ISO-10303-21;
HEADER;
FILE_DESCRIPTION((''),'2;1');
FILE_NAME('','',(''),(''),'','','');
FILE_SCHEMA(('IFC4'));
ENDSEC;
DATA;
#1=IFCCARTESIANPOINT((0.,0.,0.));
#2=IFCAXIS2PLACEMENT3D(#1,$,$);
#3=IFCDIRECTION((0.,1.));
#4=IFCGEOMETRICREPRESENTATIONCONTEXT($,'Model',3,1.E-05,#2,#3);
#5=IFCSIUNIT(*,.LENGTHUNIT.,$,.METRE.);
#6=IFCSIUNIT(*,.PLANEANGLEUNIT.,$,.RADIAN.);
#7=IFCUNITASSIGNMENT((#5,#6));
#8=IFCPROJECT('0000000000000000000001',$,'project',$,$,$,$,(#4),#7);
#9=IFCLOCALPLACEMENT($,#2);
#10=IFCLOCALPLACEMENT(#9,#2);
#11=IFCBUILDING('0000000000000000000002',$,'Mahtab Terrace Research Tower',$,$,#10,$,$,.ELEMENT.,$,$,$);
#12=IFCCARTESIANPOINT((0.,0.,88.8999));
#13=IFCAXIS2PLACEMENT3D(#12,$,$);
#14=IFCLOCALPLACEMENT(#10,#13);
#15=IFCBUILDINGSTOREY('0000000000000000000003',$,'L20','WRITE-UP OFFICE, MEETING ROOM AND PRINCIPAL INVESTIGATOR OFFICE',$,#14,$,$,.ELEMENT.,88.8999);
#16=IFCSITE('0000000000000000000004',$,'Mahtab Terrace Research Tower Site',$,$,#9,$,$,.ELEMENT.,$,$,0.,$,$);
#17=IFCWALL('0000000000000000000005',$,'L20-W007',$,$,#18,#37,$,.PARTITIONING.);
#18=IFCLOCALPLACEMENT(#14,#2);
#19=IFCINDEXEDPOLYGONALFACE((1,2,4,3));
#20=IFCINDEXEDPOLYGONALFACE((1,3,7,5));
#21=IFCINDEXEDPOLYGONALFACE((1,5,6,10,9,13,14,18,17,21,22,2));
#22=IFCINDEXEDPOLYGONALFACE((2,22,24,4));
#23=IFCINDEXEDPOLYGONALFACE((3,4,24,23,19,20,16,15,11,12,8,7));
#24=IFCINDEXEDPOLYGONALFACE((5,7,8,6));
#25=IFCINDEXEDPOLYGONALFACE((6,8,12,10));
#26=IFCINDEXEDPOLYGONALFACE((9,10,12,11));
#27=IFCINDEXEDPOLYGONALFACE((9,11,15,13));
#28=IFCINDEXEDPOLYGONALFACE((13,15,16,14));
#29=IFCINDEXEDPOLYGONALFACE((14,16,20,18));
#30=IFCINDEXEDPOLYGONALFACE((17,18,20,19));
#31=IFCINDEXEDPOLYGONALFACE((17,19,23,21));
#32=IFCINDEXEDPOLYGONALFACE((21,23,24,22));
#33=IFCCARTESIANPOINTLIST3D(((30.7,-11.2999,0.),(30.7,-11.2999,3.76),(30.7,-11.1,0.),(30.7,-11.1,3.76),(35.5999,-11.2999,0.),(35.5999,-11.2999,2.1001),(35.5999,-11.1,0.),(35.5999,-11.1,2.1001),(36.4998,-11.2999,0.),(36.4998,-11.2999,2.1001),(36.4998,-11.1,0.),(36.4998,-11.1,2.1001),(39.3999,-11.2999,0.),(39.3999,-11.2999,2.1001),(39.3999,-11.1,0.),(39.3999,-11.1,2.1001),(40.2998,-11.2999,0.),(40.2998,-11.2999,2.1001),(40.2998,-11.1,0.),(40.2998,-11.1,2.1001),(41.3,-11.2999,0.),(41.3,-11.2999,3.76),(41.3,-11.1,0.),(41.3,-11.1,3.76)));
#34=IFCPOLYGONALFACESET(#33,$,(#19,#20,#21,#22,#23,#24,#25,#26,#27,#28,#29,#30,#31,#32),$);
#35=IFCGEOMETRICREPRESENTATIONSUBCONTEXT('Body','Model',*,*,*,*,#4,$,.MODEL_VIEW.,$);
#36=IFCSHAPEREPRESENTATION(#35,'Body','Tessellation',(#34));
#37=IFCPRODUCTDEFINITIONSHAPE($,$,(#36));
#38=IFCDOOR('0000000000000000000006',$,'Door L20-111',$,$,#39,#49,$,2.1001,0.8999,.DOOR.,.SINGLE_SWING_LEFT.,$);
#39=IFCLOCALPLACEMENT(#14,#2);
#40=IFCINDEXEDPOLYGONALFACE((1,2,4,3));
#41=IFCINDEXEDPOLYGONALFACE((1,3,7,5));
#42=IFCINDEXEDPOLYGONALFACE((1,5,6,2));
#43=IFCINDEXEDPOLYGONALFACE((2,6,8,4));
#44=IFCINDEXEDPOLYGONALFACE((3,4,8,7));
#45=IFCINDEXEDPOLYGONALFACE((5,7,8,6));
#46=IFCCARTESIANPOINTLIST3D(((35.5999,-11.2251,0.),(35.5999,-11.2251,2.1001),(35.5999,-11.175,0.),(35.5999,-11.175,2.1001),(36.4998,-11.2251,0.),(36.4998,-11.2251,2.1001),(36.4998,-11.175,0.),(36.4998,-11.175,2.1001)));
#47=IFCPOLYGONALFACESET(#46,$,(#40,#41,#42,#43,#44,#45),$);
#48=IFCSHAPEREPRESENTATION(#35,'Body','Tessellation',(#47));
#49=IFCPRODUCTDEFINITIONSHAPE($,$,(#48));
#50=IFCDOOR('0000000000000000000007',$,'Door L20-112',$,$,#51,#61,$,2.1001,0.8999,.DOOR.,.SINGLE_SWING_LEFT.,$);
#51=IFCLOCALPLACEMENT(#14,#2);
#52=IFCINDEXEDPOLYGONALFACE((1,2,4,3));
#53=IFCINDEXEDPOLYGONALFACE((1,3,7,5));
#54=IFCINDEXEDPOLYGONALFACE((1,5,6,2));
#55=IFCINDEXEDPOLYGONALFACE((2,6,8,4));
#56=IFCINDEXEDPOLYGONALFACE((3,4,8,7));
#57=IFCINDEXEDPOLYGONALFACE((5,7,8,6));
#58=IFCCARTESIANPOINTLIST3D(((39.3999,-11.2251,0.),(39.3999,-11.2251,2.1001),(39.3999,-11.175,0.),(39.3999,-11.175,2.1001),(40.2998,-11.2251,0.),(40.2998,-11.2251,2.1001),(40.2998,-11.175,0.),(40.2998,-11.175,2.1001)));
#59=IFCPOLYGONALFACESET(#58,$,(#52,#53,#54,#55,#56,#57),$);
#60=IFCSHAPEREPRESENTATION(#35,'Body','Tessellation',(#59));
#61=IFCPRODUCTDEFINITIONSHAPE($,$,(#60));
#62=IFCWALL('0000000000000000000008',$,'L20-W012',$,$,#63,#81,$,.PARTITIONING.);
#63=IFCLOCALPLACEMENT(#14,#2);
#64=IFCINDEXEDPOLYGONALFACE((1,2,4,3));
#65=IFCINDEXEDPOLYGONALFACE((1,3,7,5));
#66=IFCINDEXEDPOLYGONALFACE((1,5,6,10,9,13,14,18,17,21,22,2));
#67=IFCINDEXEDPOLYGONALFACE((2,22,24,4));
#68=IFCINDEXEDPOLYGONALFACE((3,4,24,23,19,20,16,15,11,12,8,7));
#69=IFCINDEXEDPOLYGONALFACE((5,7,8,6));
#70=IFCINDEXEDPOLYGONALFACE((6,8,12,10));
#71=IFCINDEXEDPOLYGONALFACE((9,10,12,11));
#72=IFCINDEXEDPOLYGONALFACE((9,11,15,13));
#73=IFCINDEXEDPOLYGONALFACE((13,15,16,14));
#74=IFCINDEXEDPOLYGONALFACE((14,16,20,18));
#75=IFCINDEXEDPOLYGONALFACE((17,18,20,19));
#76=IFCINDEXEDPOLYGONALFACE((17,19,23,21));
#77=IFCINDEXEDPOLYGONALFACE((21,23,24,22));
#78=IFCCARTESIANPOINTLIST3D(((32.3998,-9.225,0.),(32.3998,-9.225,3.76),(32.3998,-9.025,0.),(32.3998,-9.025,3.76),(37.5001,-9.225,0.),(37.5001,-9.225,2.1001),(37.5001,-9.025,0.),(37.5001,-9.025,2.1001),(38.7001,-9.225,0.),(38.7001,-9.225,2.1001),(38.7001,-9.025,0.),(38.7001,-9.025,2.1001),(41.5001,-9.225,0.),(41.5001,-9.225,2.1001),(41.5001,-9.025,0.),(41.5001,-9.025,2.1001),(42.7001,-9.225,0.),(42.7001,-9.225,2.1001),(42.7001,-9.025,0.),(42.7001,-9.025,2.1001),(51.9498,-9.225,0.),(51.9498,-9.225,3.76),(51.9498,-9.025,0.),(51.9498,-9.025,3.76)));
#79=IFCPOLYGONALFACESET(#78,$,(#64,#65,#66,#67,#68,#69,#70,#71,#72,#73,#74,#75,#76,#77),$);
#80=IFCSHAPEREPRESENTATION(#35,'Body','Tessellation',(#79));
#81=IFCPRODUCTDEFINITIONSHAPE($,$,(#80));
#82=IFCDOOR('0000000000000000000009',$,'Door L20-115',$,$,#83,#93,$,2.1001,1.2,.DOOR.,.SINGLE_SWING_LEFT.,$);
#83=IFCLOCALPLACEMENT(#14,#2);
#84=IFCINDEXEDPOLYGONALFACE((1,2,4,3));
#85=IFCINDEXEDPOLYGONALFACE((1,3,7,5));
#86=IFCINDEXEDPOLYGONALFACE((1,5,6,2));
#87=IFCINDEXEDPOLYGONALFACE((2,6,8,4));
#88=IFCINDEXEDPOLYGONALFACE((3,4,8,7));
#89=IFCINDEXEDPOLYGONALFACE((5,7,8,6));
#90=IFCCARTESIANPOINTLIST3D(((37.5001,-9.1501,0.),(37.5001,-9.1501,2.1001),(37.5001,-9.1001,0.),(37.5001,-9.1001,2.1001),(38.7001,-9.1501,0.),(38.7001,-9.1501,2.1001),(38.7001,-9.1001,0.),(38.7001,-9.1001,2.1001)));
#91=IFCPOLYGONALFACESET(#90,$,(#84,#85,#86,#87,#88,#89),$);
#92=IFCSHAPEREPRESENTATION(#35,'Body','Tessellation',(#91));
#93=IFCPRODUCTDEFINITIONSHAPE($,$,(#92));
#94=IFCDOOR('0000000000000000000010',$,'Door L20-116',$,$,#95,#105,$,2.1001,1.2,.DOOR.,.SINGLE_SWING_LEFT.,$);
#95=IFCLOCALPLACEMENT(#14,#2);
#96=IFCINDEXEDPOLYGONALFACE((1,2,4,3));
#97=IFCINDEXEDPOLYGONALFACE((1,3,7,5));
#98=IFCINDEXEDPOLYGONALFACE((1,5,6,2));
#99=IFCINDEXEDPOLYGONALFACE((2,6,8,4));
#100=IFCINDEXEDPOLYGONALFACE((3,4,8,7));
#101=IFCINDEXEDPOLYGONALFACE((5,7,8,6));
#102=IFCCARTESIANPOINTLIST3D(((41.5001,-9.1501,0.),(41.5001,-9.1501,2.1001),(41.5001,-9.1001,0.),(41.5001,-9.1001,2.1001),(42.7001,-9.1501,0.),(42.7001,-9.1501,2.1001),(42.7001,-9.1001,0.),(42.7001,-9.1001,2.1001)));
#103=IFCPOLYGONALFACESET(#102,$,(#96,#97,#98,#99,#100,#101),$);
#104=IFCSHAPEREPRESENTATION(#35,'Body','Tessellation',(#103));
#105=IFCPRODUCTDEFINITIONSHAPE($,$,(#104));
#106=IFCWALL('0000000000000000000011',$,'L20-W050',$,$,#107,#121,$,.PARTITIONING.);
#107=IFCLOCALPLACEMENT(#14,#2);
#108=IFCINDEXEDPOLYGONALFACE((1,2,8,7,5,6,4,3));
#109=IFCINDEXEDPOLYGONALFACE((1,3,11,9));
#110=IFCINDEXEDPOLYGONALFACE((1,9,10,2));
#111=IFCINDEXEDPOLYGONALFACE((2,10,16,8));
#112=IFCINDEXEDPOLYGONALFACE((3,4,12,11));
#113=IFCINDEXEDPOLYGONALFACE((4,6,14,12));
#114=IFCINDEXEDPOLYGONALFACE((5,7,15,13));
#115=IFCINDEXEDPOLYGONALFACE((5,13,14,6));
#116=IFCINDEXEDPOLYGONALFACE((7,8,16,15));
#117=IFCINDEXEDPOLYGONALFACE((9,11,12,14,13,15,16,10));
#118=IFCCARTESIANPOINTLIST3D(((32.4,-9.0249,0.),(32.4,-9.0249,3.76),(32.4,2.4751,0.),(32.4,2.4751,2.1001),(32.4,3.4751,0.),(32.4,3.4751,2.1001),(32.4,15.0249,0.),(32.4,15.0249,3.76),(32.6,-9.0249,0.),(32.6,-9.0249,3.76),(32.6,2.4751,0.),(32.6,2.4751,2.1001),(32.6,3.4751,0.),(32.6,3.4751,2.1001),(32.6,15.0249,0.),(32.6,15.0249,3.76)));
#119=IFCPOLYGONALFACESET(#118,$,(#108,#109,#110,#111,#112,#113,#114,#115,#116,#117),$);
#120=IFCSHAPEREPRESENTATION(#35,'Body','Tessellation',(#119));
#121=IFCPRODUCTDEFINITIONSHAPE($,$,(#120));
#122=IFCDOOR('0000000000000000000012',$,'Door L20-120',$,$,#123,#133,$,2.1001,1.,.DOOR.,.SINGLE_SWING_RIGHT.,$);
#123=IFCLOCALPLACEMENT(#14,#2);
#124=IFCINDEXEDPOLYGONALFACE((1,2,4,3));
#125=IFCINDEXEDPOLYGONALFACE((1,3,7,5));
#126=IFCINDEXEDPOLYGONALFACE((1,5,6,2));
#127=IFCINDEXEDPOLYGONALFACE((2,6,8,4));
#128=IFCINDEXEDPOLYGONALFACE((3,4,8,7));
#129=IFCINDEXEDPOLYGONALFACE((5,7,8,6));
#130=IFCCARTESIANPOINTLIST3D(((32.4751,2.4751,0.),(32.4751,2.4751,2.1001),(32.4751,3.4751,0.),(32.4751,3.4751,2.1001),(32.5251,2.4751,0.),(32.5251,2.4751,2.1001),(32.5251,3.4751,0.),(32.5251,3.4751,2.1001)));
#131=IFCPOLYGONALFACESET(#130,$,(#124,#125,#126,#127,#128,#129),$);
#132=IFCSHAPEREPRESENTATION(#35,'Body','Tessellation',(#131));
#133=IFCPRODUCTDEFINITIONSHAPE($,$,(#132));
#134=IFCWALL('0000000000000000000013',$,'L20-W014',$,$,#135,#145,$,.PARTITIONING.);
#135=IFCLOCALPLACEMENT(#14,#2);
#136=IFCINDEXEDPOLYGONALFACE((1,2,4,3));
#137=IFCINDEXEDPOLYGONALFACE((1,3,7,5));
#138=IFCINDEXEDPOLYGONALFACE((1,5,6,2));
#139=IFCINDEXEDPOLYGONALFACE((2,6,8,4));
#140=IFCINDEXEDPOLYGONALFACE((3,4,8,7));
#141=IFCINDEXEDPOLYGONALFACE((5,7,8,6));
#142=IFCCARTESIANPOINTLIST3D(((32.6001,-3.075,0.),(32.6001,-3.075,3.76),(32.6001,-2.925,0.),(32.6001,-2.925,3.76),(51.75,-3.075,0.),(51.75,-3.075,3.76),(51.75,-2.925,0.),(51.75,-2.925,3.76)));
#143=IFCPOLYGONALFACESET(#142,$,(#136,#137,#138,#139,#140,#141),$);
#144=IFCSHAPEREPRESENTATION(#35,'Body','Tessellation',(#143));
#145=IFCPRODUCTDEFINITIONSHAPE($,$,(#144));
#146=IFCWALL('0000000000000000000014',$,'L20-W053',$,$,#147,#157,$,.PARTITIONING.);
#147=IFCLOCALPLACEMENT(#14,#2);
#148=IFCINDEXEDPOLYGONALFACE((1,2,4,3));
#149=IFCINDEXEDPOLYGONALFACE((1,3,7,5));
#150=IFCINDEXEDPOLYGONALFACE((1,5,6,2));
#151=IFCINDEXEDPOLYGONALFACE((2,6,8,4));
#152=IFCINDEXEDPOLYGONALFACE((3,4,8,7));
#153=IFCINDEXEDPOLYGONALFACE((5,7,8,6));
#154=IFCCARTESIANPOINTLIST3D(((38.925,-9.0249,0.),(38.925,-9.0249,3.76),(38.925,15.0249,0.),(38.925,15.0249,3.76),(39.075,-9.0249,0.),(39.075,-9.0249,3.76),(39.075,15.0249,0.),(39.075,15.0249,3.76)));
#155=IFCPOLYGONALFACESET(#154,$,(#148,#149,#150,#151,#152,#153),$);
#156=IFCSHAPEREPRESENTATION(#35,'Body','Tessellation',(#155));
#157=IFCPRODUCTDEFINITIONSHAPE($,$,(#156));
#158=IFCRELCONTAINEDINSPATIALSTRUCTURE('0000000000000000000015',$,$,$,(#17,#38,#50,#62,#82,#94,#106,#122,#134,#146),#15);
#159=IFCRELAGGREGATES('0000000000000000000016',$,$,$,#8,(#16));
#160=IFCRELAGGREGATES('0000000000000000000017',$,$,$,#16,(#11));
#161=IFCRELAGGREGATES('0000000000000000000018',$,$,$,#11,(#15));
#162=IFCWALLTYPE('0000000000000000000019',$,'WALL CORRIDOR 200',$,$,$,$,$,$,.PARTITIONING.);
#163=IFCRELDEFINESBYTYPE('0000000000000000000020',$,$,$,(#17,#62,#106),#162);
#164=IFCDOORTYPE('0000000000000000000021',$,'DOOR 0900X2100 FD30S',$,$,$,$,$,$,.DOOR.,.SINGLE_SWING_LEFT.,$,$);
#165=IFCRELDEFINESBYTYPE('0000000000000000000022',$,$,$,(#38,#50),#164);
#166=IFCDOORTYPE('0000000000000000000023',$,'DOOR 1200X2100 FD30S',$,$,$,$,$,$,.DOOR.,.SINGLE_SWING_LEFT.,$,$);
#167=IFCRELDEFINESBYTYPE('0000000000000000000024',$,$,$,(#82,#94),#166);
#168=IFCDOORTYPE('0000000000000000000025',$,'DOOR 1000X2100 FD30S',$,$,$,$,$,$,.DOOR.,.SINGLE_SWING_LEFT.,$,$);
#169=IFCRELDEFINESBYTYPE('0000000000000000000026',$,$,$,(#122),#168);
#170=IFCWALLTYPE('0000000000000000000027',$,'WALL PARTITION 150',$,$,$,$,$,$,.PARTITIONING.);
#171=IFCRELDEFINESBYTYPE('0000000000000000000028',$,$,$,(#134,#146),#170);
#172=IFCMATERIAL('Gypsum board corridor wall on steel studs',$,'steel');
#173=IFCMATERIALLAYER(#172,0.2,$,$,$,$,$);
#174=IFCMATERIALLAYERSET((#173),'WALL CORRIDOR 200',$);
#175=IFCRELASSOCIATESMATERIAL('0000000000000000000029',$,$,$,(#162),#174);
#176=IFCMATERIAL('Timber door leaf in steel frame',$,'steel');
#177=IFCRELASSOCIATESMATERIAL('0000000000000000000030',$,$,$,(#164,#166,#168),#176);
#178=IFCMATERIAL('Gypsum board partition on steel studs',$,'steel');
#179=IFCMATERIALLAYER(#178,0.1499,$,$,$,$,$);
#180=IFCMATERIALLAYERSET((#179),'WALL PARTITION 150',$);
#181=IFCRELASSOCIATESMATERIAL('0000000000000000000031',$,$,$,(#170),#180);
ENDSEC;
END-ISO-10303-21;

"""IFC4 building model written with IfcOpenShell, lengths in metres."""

from ifc_helpers import new_model, si_unit, direction, frame, frame_2d, origin, place, context, subcontext, project, spatial, rectangle, extrude, material, layer, layer_set, type_object, element, fill, save


model = new_model("IFC4")

# Units and contexts
model_context = context("Model", 3, precision=1e-05, world=origin(), true_north=direction((0.0, 1.0)))
body_context = subcontext(model_context, "Body", "Model", "MODEL_VIEW")
ifc_project = project(units=[si_unit("LENGTHUNIT", "METRE"), si_unit("PLANEANGLEUNIT", "RADIAN")], contexts=[model_context])

# Site, building, storey
site_placement = place(None, origin())
site = spatial("IfcSite", under=ifc_project, at=site_placement, Name="Mahtab Terrace Research Tower Site", CompositionType="ELEMENT", RefElevation=0.0)
building_placement = place(site_placement, origin())
building = spatial("IfcBuilding", under=site, at=building_placement, Name="Mahtab Terrace Research Tower", CompositionType="ELEMENT")
storey_placement = place(building_placement, frame((0.0, 0.0, 88.8999)))
storey = spatial("IfcBuildingStorey", under=building, at=storey_placement, Name="L20", Description="WRITE-UP OFFICE, MEETING ROOM AND PRINCIPAL INVESTIGATOR OFFICE", CompositionType="ELEMENT", Elevation=88.8999)

# Walls, openings, doors
ifc_material_1 = material(Name="Gypsum board corridor wall on steel studs", Category="steel")
ifc_layer_1 = layer(ifc_material_1, 0.2)
ifc_layer_set_1 = layer_set([ifc_layer_1], Name="WALL CORRIDOR 200")
wall_type_1 = type_object("IfcWallType", Name="WALL CORRIDOR 200", PredefinedType="PARTITIONING", material=ifc_layer_set_1)
wall_1_placement = place(storey_placement, frame((30.7, -11.2, 0.0), z_axis=(0.0, 0.0, 1.0), x_axis=(1.0, 0.0, 0.0)))
wall_1 = element("IfcWall", 1, at=wall_1_placement, inside=storey, type_object=wall_type_1, Name="L20-W007", PredefinedType="PARTITIONING", context=body_context, shape_type="SweptSolid", body=[
    extrude(rectangle(XDim=10.6001, YDim=0.2, at=frame_2d((5.3, 0.0))), origin(), (0.0, 0.0, 1.0), 3.76),
])
opening_1_placement = place(wall_1_placement, frame((4.8999, 0.0, 0.0)))
opening_1 = element("IfcOpeningElement", 2, at=opening_1_placement, cuts=wall_1, PredefinedType="OPENING", context=body_context, shape_type="SweptSolid", body=[
    extrude(rectangle(XDim=0.8999, YDim=2.1001, at=frame_2d((0.45, 1.05))), frame((0.0, 0.1099, 0.0), z_axis=(0.0, -1.0, 0.0), x_axis=(1.0, 0.0, 0.0)), (0.0, 0.0, 1.0), 0.22),
])
opening_2_placement = place(wall_1_placement, frame((8.7, 0.0, 0.0)))
opening_2 = element("IfcOpeningElement", 3, at=opening_2_placement, cuts=wall_1, PredefinedType="OPENING", context=body_context, shape_type="SweptSolid", body=[
    extrude(rectangle(XDim=0.8999, YDim=2.1001, at=frame_2d((0.45, 1.05))), frame((0.0, 0.1099, 0.0), z_axis=(0.0, -1.0, 0.0), x_axis=(1.0, 0.0, 0.0)), (0.0, 0.0, 1.0), 0.22),
])
ifc_material_2 = material(Name="Timber door leaf in steel frame", Category="steel")
door_type_1 = type_object("IfcDoorType", Name="DOOR 0900X2100 FD30S", OperationType="SINGLE_SWING_LEFT", PredefinedType="DOOR", material=ifc_material_2)
door_1_placement = place(opening_1_placement, origin())
door_1 = element("IfcDoor", 4, at=door_1_placement, inside=storey, type_object=door_type_1, Name="Door L20-111", OperationType="SINGLE_SWING_LEFT", OverallHeight=2.1001, OverallWidth=0.8999, PredefinedType="DOOR", context=body_context, shape_type="SweptSolid", body=[
    extrude(rectangle(XDim=0.8999, YDim=2.1001, at=frame_2d((0.45, 1.05))), frame((0.0, 0.0249, 0.0), z_axis=(0.0, -1.0, 0.0), x_axis=(1.0, 0.0, 0.0)), (0.0, 0.0, 1.0), 0.05),
])
fill(opening_1, door_1)
door_2_placement = place(opening_2_placement, origin())
door_2 = element("IfcDoor", 5, at=door_2_placement, inside=storey, type_object=door_type_1, Name="Door L20-112", OperationType="SINGLE_SWING_LEFT", OverallHeight=2.1001, OverallWidth=0.8999, PredefinedType="DOOR", context=body_context, shape_type="SweptSolid", body=[
    extrude(rectangle(XDim=0.8999, YDim=2.1001, at=frame_2d((0.45, 1.05))), frame((0.0, 0.0249, 0.0), z_axis=(0.0, -1.0, 0.0), x_axis=(1.0, 0.0, 0.0)), (0.0, 0.0, 1.0), 0.05),
])
fill(opening_2, door_2)
wall_2_placement = place(storey_placement, frame((32.3999, -9.125, 0.0), z_axis=(0.0, 0.0, 1.0), x_axis=(1.0, 0.0, 0.0)))
wall_2 = element("IfcWall", 6, at=wall_2_placement, inside=storey, type_object=wall_type_1, Name="L20-W012", PredefinedType="PARTITIONING", context=body_context, shape_type="SweptSolid", body=[
    extrude(rectangle(XDim=19.55, YDim=0.2, at=frame_2d((9.7749, 0.0))), origin(), (0.0, 0.0, 1.0), 3.76),
])
opening_3_placement = place(wall_2_placement, frame((5.1001, 0.0, 0.0)))
opening_3 = element("IfcOpeningElement", 7, at=opening_3_placement, cuts=wall_2, PredefinedType="OPENING", context=body_context, shape_type="SweptSolid", body=[
    extrude(rectangle(XDim=1.2, YDim=2.1001, at=frame_2d((0.6001, 1.05))), frame((0.0, 0.1099, 0.0), z_axis=(0.0, -1.0, 0.0), x_axis=(1.0, 0.0, 0.0)), (0.0, 0.0, 1.0), 0.22),
])
opening_4_placement = place(wall_2_placement, frame((9.1001, 0.0, 0.0)))
opening_4 = element("IfcOpeningElement", 8, at=opening_4_placement, cuts=wall_2, PredefinedType="OPENING", context=body_context, shape_type="SweptSolid", body=[
    extrude(rectangle(XDim=1.2, YDim=2.1001, at=frame_2d((0.6001, 1.05))), frame((0.0, 0.1099, 0.0), z_axis=(0.0, -1.0, 0.0), x_axis=(1.0, 0.0, 0.0)), (0.0, 0.0, 1.0), 0.22),
])
door_type_2 = type_object("IfcDoorType", Name="DOOR 1200X2100 FD30S", OperationType="SINGLE_SWING_LEFT", PredefinedType="DOOR", material=ifc_material_2)
door_3_placement = place(opening_3_placement, origin())
door_3 = element("IfcDoor", 9, at=door_3_placement, inside=storey, type_object=door_type_2, Name="Door L20-115", OperationType="SINGLE_SWING_LEFT", OverallHeight=2.1001, OverallWidth=1.2, PredefinedType="DOOR", context=body_context, shape_type="SweptSolid", body=[
    extrude(rectangle(XDim=1.2, YDim=2.1001, at=frame_2d((0.6001, 1.05))), frame((0.0, 0.0249, 0.0), z_axis=(0.0, -1.0, 0.0), x_axis=(1.0, 0.0, 0.0)), (0.0, 0.0, 1.0), 0.05),
])
fill(opening_3, door_3)
door_4_placement = place(opening_4_placement, origin())
door_4 = element("IfcDoor", 10, at=door_4_placement, inside=storey, type_object=door_type_2, Name="Door L20-116", OperationType="SINGLE_SWING_LEFT", OverallHeight=2.1001, OverallWidth=1.2, PredefinedType="DOOR", context=body_context, shape_type="SweptSolid", body=[
    extrude(rectangle(XDim=1.2, YDim=2.1001, at=frame_2d((0.6001, 1.05))), frame((0.0, 0.0249, 0.0), z_axis=(0.0, -1.0, 0.0), x_axis=(1.0, 0.0, 0.0)), (0.0, 0.0, 1.0), 0.05),
])
fill(opening_4, door_4)

# Wall, opening, door
wall_3_placement = place(storey_placement, frame((32.5, -9.0249, 0.0), z_axis=(0.0, 0.0, 1.0), x_axis=(0.0, 1.0, 0.0)))
wall_3 = element("IfcWall", 11, at=wall_3_placement, inside=storey, type_object=wall_type_1, Name="L20-W050", PredefinedType="PARTITIONING", context=body_context, shape_type="SweptSolid", body=[
    extrude(rectangle(XDim=24.0498, YDim=0.2, at=frame_2d((12.0249, 0.0))), origin(), (0.0, 0.0, 1.0), 3.76),
])
opening_5_placement = place(wall_3_placement, frame((11.5, 0.0, 0.0)))
opening_5 = element("IfcOpeningElement", 12, at=opening_5_placement, cuts=wall_3, PredefinedType="OPENING", context=body_context, shape_type="SweptSolid", body=[
    extrude(rectangle(XDim=1.0, YDim=2.1001, at=frame_2d((0.5, 1.05))), frame((0.0, 0.1099, 0.0), z_axis=(0.0, -1.0, 0.0), x_axis=(1.0, 0.0, 0.0)), (0.0, 0.0, 1.0), 0.22),
])
door_type_3 = type_object("IfcDoorType", Name="DOOR 1000X2100 FD30S", OperationType="SINGLE_SWING_LEFT", PredefinedType="DOOR", material=ifc_material_2)
door_5_placement = place(opening_5_placement, origin())
door_5 = element("IfcDoor", 13, at=door_5_placement, inside=storey, type_object=door_type_3, Name="Door L20-120", OperationType="SINGLE_SWING_RIGHT", OverallHeight=2.1001, OverallWidth=1.0, PredefinedType="DOOR", context=body_context, shape_type="SweptSolid", body=[
    extrude(rectangle(XDim=1.0, YDim=2.1001, at=frame_2d((0.5, 1.05))), frame((0.0, 0.0249, 0.0), z_axis=(0.0, -1.0, 0.0), x_axis=(1.0, 0.0, 0.0)), (0.0, 0.0, 1.0), 0.05),
])
fill(opening_5, door_5)

# Walls
ifc_material_3 = material(Name="Gypsum board partition on steel studs", Category="steel")
ifc_layer_2 = layer(ifc_material_3, 0.1499)
ifc_layer_set_2 = layer_set([ifc_layer_2], Name="WALL PARTITION 150")
wall_type_2 = type_object("IfcWallType", Name="WALL PARTITION 150", PredefinedType="PARTITIONING", material=ifc_layer_set_2)
wall_4_placement = place(storey_placement, frame((32.6001, -3.0, 0.0), z_axis=(0.0, 0.0, 1.0), x_axis=(1.0, 0.0, 0.0)))
element("IfcWall", 14, at=wall_4_placement, inside=storey, type_object=wall_type_2, Name="L20-W014", PredefinedType="PARTITIONING", context=body_context, shape_type="SweptSolid", body=[
    extrude(rectangle(XDim=19.1499, YDim=0.1499, at=frame_2d((9.575, 0.0))), origin(), (0.0, 0.0, 1.0), 3.76),
])
wall_5_placement = place(storey_placement, frame((39.0, -9.0249, 0.0), z_axis=(0.0, 0.0, 1.0), x_axis=(0.0, 1.0, 0.0)))
element("IfcWall", 15, at=wall_5_placement, inside=storey, type_object=wall_type_2, Name="L20-W053", PredefinedType="PARTITIONING", context=body_context, shape_type="SweptSolid", body=[
    extrude(rectangle(XDim=24.0498, YDim=0.1499, at=frame_2d((12.0249, 0.0))), origin(), (0.0, 0.0, 1.0), 3.76),
])

save(model, "model.ifc")
